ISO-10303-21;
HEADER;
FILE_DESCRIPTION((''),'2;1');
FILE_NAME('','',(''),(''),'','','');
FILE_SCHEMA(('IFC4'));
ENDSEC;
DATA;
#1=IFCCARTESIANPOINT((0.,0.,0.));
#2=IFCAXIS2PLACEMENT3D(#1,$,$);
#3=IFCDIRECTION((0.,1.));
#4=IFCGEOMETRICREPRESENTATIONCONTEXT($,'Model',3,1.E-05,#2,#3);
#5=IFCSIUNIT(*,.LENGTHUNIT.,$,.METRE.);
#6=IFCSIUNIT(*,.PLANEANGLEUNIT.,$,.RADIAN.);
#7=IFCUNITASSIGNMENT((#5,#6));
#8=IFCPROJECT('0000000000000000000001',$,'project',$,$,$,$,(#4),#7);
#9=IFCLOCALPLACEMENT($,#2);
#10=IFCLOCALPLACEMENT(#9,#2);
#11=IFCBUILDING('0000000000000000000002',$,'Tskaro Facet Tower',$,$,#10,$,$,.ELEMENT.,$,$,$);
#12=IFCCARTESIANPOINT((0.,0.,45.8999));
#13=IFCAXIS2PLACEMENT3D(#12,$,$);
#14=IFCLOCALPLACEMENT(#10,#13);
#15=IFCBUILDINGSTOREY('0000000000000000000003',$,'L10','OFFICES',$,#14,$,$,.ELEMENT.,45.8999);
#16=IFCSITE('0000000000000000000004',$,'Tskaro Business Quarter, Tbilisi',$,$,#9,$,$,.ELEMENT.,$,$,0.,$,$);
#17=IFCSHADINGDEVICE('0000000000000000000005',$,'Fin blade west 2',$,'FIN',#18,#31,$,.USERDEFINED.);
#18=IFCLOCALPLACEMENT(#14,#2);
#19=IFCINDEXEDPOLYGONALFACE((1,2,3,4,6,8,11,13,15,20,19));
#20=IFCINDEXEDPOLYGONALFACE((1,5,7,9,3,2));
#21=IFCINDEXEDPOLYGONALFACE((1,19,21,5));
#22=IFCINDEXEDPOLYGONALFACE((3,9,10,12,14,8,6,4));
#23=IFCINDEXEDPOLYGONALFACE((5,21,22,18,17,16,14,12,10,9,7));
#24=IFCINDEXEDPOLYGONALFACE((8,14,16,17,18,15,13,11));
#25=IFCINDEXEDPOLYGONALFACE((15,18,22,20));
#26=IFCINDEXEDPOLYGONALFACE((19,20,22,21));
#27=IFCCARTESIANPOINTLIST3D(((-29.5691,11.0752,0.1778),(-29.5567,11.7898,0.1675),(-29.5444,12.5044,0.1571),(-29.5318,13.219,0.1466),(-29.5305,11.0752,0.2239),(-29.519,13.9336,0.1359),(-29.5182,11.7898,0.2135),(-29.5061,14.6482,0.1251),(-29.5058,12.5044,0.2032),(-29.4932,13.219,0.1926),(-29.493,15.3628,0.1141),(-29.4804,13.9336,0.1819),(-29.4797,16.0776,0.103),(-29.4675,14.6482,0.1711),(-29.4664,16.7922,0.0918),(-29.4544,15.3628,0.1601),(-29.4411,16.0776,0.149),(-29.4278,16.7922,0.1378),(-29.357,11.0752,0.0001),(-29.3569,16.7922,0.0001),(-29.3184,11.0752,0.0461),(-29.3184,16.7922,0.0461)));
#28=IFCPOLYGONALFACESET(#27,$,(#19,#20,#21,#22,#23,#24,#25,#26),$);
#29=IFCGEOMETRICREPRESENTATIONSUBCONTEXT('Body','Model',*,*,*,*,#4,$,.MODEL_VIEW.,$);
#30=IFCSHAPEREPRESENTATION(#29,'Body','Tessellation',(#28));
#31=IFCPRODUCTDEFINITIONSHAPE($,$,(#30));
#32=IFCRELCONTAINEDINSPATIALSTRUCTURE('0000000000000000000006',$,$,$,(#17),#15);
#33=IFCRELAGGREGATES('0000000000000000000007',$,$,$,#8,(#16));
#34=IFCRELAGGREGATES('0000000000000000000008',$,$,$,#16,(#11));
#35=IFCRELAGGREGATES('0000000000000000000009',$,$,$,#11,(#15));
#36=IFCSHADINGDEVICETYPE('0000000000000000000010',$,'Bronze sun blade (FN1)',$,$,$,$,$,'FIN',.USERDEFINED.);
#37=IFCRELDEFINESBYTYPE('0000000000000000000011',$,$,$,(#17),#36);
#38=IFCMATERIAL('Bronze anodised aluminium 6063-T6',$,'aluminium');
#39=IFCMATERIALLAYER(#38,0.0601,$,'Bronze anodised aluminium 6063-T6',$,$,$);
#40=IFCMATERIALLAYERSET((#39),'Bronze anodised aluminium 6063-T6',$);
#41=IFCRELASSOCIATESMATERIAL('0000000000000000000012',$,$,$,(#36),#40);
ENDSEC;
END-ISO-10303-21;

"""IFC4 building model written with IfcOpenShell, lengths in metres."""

from ifc_helpers import new_model, si_unit, direction, frame, origin, place, context, subcontext, project, spatial, polyline, outline, extrude, material, layer, layer_set, type_object, element, save


model = new_model("IFC4")

# Units and contexts
model_context = context("Model", 3, precision=1e-05, world=origin(), true_north=direction((0.0, 1.0)))
body_context = subcontext(model_context, "Body", "Model", "MODEL_VIEW")
ifc_project = project(units=[si_unit("LENGTHUNIT", "METRE"), si_unit("PLANEANGLEUNIT", "RADIAN")], contexts=[model_context])

# Site, building, storey
site_placement = place(None, origin())
site = spatial("IfcSite", under=ifc_project, at=site_placement, Name="Tskaro Business Quarter, Tbilisi", CompositionType="ELEMENT", RefElevation=0.0)
building_placement = place(site_placement, origin())
building = spatial("IfcBuilding", under=site, at=building_placement, Name="Tskaro Facet Tower", CompositionType="ELEMENT")
storey_placement = place(building_placement, frame((0.0, 0.0, 45.8999)))
storey = spatial("IfcBuildingStorey", under=building, at=storey_placement, Name="L10", Description="OFFICES", CompositionType="ELEMENT", Elevation=45.8999)

# Shared definitions
ifc_material_1 = material(Name="Bronze anodised aluminium 6063-T6", Category="aluminium")

# Shading device
ifc_layer_1 = layer(ifc_material_1, 0.0601, Name="Bronze anodised aluminium 6063-T6")
ifc_layer_set_1 = layer_set([ifc_layer_1], Name="Bronze anodised aluminium 6063-T6")
shading_device_type = type_object("IfcShadingDeviceType", Name="Bronze sun blade (FN1)", ElementType="FIN", PredefinedType="USERDEFINED", material=ifc_layer_set_1)
shading_device_1_placement = place(storey_placement, frame((-29.3184, 16.7922, 0.0461), z_axis=(0.642239, -0.00001, 0.766504), x_axis=(-0.000006, -1.0, -0.000007)))
element("IfcShadingDevice", 1, at=shading_device_1_placement, inside=storey, type_object=shading_device_type, Name="Fin blade west 2", ObjectType="FIN", PredefinedType="USERDEFINED", context=body_context, shape_type="SweptSolid", body=[
    extrude(outline(polyline([(0.0, 0.0), (5.717, 0.0), (5.717, -0.2768), (5.0024, -0.2606), (4.2878, -0.2445), (3.5732, -0.2281), (2.8586, -0.2114), (2.144, -0.1946), (1.4294, -0.1775), (0.7146, -0.1601), (0.0, -0.1428), (0.0, 0.0)])), origin(), (0.0, 0.0, -1.0), 0.0601),
])

save(model, "model.ifc")
